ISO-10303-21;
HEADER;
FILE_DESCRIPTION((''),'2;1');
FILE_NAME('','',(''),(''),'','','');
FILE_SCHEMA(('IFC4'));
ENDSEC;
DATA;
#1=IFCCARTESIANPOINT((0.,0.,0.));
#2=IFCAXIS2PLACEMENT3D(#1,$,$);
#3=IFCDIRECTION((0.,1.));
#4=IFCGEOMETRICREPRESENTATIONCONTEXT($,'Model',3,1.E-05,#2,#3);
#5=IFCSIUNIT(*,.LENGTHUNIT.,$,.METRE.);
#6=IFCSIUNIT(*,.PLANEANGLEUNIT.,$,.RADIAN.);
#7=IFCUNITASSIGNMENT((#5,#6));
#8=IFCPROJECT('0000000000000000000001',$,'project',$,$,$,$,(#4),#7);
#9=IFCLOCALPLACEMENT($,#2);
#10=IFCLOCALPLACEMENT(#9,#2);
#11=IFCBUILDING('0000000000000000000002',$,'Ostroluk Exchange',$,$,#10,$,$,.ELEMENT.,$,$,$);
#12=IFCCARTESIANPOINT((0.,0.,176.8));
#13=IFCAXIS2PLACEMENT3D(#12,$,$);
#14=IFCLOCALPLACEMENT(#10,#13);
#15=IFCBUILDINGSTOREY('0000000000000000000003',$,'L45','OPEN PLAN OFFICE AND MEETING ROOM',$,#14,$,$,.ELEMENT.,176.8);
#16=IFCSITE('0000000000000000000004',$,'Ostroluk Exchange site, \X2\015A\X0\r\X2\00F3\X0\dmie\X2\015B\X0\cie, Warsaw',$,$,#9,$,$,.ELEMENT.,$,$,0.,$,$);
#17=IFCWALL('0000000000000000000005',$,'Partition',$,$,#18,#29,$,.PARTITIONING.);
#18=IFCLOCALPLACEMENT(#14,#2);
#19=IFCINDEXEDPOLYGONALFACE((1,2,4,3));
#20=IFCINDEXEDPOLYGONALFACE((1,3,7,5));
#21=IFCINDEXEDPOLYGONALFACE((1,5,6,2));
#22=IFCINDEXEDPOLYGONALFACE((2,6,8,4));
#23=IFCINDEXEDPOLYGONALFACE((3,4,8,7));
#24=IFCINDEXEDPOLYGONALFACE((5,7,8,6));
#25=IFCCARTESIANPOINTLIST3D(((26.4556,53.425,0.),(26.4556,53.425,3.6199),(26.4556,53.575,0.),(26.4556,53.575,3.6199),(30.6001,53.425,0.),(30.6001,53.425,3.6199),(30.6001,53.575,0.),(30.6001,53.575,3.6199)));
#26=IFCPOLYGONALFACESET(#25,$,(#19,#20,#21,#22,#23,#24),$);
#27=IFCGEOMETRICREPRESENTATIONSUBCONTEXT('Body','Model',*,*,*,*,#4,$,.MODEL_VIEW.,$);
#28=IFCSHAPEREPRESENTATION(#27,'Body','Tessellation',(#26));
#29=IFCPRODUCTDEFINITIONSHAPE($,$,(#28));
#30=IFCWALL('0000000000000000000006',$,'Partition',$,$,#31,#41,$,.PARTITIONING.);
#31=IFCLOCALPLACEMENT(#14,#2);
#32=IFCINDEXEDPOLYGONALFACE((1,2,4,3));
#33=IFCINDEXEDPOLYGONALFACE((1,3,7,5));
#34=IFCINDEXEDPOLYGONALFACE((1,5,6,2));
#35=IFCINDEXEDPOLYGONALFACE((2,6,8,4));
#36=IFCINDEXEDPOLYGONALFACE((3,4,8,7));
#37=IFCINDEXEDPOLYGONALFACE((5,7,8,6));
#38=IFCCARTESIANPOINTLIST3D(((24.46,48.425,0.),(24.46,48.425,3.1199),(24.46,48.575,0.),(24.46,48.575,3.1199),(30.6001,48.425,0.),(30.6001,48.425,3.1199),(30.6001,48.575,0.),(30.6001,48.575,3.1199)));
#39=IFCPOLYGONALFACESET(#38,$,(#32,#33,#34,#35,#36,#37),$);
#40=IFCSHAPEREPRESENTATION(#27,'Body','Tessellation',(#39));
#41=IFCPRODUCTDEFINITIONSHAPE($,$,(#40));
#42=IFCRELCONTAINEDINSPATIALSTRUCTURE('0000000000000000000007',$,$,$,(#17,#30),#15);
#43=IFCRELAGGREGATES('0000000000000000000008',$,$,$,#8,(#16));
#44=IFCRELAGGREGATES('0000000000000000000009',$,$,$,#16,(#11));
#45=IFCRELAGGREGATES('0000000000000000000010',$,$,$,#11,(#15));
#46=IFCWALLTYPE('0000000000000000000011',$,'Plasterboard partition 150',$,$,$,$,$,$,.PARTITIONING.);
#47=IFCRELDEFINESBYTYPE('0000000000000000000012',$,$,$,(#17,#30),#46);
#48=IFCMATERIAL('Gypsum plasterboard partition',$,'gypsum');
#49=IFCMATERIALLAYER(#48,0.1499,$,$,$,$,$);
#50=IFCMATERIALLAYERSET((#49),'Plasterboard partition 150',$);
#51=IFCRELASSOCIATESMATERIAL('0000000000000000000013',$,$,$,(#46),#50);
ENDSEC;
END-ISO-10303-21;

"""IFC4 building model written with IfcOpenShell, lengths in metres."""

from ifc_helpers import new_model, si_unit, direction, frame, frame_2d, origin, place, context, subcontext, project, spatial, rectangle, extrude, material, layer, layer_set, type_object, element, save


model = new_model("IFC4")

# Units and contexts
model_context = context("Model", 3, precision=1e-05, world=origin(), true_north=direction((0.0, 1.0)))
body_context = subcontext(model_context, "Body", "Model", "MODEL_VIEW")
ifc_project = project(units=[si_unit("LENGTHUNIT", "METRE"), si_unit("PLANEANGLEUNIT", "RADIAN")], contexts=[model_context])

# Site, building, storey
site_placement = place(None, origin())
site = spatial("IfcSite", under=ifc_project, at=site_placement, Name="Ostroluk Exchange site, Śródmieście, Warsaw", CompositionType="ELEMENT", RefElevation=0.0)
building_placement = place(site_placement, origin())
building = spatial("IfcBuilding", under=site, at=building_placement, Name="Ostroluk Exchange", CompositionType="ELEMENT")
storey_placement = place(building_placement, frame((0.0, 0.0, 176.8)))
storey = spatial("IfcBuildingStorey", under=building, at=storey_placement, Name="L45", Description="OPEN PLAN OFFICE AND MEETING ROOM", CompositionType="ELEMENT", Elevation=176.8)

# Shared definitions
ifc_material_1 = material(Name="Gypsum plasterboard partition", Category="gypsum")
ifc_layer_1 = layer(ifc_material_1, 0.1499)
ifc_layer_set_1 = layer_set([ifc_layer_1], Name="Plasterboard partition 150")
wall_type_1 = type_object("IfcWallType", Name="Plasterboard partition 150", PredefinedType="PARTITIONING", material=ifc_layer_set_1)

# Walls
wall_1_placement = place(storey_placement, frame((30.6001, 53.5, 0.0), z_axis=(0.0, 0.0, 1.0), x_axis=(-1.0, 0.0, 0.0)))
element("IfcWall", 1, at=wall_1_placement, inside=storey, type_object=wall_type_1, Name="Partition", PredefinedType="PARTITIONING", context=body_context, shape_type="SweptSolid", body=[
    extrude(rectangle(XDim=4.1445, YDim=0.1499, at=frame_2d((2.0723, 0.0))), origin(), (0.0, 0.0, 1.0), 3.6199),
])
wall_2_placement = place(storey_placement, frame((30.6001, 48.5, 0.0), z_axis=(0.0, 0.0, 1.0), x_axis=(-1.0, 0.0, 0.0)))
element("IfcWall", 2, at=wall_2_placement, inside=storey, type_object=wall_type_1, Name="Partition", PredefinedType="PARTITIONING", context=body_context, shape_type="SweptSolid", body=[
    extrude(rectangle(XDim=6.1401, YDim=0.1499, at=frame_2d((3.0701, 0.0))), origin(), (0.0, 0.0, 1.0), 3.1199),
])

save(model, "model.ifc")
